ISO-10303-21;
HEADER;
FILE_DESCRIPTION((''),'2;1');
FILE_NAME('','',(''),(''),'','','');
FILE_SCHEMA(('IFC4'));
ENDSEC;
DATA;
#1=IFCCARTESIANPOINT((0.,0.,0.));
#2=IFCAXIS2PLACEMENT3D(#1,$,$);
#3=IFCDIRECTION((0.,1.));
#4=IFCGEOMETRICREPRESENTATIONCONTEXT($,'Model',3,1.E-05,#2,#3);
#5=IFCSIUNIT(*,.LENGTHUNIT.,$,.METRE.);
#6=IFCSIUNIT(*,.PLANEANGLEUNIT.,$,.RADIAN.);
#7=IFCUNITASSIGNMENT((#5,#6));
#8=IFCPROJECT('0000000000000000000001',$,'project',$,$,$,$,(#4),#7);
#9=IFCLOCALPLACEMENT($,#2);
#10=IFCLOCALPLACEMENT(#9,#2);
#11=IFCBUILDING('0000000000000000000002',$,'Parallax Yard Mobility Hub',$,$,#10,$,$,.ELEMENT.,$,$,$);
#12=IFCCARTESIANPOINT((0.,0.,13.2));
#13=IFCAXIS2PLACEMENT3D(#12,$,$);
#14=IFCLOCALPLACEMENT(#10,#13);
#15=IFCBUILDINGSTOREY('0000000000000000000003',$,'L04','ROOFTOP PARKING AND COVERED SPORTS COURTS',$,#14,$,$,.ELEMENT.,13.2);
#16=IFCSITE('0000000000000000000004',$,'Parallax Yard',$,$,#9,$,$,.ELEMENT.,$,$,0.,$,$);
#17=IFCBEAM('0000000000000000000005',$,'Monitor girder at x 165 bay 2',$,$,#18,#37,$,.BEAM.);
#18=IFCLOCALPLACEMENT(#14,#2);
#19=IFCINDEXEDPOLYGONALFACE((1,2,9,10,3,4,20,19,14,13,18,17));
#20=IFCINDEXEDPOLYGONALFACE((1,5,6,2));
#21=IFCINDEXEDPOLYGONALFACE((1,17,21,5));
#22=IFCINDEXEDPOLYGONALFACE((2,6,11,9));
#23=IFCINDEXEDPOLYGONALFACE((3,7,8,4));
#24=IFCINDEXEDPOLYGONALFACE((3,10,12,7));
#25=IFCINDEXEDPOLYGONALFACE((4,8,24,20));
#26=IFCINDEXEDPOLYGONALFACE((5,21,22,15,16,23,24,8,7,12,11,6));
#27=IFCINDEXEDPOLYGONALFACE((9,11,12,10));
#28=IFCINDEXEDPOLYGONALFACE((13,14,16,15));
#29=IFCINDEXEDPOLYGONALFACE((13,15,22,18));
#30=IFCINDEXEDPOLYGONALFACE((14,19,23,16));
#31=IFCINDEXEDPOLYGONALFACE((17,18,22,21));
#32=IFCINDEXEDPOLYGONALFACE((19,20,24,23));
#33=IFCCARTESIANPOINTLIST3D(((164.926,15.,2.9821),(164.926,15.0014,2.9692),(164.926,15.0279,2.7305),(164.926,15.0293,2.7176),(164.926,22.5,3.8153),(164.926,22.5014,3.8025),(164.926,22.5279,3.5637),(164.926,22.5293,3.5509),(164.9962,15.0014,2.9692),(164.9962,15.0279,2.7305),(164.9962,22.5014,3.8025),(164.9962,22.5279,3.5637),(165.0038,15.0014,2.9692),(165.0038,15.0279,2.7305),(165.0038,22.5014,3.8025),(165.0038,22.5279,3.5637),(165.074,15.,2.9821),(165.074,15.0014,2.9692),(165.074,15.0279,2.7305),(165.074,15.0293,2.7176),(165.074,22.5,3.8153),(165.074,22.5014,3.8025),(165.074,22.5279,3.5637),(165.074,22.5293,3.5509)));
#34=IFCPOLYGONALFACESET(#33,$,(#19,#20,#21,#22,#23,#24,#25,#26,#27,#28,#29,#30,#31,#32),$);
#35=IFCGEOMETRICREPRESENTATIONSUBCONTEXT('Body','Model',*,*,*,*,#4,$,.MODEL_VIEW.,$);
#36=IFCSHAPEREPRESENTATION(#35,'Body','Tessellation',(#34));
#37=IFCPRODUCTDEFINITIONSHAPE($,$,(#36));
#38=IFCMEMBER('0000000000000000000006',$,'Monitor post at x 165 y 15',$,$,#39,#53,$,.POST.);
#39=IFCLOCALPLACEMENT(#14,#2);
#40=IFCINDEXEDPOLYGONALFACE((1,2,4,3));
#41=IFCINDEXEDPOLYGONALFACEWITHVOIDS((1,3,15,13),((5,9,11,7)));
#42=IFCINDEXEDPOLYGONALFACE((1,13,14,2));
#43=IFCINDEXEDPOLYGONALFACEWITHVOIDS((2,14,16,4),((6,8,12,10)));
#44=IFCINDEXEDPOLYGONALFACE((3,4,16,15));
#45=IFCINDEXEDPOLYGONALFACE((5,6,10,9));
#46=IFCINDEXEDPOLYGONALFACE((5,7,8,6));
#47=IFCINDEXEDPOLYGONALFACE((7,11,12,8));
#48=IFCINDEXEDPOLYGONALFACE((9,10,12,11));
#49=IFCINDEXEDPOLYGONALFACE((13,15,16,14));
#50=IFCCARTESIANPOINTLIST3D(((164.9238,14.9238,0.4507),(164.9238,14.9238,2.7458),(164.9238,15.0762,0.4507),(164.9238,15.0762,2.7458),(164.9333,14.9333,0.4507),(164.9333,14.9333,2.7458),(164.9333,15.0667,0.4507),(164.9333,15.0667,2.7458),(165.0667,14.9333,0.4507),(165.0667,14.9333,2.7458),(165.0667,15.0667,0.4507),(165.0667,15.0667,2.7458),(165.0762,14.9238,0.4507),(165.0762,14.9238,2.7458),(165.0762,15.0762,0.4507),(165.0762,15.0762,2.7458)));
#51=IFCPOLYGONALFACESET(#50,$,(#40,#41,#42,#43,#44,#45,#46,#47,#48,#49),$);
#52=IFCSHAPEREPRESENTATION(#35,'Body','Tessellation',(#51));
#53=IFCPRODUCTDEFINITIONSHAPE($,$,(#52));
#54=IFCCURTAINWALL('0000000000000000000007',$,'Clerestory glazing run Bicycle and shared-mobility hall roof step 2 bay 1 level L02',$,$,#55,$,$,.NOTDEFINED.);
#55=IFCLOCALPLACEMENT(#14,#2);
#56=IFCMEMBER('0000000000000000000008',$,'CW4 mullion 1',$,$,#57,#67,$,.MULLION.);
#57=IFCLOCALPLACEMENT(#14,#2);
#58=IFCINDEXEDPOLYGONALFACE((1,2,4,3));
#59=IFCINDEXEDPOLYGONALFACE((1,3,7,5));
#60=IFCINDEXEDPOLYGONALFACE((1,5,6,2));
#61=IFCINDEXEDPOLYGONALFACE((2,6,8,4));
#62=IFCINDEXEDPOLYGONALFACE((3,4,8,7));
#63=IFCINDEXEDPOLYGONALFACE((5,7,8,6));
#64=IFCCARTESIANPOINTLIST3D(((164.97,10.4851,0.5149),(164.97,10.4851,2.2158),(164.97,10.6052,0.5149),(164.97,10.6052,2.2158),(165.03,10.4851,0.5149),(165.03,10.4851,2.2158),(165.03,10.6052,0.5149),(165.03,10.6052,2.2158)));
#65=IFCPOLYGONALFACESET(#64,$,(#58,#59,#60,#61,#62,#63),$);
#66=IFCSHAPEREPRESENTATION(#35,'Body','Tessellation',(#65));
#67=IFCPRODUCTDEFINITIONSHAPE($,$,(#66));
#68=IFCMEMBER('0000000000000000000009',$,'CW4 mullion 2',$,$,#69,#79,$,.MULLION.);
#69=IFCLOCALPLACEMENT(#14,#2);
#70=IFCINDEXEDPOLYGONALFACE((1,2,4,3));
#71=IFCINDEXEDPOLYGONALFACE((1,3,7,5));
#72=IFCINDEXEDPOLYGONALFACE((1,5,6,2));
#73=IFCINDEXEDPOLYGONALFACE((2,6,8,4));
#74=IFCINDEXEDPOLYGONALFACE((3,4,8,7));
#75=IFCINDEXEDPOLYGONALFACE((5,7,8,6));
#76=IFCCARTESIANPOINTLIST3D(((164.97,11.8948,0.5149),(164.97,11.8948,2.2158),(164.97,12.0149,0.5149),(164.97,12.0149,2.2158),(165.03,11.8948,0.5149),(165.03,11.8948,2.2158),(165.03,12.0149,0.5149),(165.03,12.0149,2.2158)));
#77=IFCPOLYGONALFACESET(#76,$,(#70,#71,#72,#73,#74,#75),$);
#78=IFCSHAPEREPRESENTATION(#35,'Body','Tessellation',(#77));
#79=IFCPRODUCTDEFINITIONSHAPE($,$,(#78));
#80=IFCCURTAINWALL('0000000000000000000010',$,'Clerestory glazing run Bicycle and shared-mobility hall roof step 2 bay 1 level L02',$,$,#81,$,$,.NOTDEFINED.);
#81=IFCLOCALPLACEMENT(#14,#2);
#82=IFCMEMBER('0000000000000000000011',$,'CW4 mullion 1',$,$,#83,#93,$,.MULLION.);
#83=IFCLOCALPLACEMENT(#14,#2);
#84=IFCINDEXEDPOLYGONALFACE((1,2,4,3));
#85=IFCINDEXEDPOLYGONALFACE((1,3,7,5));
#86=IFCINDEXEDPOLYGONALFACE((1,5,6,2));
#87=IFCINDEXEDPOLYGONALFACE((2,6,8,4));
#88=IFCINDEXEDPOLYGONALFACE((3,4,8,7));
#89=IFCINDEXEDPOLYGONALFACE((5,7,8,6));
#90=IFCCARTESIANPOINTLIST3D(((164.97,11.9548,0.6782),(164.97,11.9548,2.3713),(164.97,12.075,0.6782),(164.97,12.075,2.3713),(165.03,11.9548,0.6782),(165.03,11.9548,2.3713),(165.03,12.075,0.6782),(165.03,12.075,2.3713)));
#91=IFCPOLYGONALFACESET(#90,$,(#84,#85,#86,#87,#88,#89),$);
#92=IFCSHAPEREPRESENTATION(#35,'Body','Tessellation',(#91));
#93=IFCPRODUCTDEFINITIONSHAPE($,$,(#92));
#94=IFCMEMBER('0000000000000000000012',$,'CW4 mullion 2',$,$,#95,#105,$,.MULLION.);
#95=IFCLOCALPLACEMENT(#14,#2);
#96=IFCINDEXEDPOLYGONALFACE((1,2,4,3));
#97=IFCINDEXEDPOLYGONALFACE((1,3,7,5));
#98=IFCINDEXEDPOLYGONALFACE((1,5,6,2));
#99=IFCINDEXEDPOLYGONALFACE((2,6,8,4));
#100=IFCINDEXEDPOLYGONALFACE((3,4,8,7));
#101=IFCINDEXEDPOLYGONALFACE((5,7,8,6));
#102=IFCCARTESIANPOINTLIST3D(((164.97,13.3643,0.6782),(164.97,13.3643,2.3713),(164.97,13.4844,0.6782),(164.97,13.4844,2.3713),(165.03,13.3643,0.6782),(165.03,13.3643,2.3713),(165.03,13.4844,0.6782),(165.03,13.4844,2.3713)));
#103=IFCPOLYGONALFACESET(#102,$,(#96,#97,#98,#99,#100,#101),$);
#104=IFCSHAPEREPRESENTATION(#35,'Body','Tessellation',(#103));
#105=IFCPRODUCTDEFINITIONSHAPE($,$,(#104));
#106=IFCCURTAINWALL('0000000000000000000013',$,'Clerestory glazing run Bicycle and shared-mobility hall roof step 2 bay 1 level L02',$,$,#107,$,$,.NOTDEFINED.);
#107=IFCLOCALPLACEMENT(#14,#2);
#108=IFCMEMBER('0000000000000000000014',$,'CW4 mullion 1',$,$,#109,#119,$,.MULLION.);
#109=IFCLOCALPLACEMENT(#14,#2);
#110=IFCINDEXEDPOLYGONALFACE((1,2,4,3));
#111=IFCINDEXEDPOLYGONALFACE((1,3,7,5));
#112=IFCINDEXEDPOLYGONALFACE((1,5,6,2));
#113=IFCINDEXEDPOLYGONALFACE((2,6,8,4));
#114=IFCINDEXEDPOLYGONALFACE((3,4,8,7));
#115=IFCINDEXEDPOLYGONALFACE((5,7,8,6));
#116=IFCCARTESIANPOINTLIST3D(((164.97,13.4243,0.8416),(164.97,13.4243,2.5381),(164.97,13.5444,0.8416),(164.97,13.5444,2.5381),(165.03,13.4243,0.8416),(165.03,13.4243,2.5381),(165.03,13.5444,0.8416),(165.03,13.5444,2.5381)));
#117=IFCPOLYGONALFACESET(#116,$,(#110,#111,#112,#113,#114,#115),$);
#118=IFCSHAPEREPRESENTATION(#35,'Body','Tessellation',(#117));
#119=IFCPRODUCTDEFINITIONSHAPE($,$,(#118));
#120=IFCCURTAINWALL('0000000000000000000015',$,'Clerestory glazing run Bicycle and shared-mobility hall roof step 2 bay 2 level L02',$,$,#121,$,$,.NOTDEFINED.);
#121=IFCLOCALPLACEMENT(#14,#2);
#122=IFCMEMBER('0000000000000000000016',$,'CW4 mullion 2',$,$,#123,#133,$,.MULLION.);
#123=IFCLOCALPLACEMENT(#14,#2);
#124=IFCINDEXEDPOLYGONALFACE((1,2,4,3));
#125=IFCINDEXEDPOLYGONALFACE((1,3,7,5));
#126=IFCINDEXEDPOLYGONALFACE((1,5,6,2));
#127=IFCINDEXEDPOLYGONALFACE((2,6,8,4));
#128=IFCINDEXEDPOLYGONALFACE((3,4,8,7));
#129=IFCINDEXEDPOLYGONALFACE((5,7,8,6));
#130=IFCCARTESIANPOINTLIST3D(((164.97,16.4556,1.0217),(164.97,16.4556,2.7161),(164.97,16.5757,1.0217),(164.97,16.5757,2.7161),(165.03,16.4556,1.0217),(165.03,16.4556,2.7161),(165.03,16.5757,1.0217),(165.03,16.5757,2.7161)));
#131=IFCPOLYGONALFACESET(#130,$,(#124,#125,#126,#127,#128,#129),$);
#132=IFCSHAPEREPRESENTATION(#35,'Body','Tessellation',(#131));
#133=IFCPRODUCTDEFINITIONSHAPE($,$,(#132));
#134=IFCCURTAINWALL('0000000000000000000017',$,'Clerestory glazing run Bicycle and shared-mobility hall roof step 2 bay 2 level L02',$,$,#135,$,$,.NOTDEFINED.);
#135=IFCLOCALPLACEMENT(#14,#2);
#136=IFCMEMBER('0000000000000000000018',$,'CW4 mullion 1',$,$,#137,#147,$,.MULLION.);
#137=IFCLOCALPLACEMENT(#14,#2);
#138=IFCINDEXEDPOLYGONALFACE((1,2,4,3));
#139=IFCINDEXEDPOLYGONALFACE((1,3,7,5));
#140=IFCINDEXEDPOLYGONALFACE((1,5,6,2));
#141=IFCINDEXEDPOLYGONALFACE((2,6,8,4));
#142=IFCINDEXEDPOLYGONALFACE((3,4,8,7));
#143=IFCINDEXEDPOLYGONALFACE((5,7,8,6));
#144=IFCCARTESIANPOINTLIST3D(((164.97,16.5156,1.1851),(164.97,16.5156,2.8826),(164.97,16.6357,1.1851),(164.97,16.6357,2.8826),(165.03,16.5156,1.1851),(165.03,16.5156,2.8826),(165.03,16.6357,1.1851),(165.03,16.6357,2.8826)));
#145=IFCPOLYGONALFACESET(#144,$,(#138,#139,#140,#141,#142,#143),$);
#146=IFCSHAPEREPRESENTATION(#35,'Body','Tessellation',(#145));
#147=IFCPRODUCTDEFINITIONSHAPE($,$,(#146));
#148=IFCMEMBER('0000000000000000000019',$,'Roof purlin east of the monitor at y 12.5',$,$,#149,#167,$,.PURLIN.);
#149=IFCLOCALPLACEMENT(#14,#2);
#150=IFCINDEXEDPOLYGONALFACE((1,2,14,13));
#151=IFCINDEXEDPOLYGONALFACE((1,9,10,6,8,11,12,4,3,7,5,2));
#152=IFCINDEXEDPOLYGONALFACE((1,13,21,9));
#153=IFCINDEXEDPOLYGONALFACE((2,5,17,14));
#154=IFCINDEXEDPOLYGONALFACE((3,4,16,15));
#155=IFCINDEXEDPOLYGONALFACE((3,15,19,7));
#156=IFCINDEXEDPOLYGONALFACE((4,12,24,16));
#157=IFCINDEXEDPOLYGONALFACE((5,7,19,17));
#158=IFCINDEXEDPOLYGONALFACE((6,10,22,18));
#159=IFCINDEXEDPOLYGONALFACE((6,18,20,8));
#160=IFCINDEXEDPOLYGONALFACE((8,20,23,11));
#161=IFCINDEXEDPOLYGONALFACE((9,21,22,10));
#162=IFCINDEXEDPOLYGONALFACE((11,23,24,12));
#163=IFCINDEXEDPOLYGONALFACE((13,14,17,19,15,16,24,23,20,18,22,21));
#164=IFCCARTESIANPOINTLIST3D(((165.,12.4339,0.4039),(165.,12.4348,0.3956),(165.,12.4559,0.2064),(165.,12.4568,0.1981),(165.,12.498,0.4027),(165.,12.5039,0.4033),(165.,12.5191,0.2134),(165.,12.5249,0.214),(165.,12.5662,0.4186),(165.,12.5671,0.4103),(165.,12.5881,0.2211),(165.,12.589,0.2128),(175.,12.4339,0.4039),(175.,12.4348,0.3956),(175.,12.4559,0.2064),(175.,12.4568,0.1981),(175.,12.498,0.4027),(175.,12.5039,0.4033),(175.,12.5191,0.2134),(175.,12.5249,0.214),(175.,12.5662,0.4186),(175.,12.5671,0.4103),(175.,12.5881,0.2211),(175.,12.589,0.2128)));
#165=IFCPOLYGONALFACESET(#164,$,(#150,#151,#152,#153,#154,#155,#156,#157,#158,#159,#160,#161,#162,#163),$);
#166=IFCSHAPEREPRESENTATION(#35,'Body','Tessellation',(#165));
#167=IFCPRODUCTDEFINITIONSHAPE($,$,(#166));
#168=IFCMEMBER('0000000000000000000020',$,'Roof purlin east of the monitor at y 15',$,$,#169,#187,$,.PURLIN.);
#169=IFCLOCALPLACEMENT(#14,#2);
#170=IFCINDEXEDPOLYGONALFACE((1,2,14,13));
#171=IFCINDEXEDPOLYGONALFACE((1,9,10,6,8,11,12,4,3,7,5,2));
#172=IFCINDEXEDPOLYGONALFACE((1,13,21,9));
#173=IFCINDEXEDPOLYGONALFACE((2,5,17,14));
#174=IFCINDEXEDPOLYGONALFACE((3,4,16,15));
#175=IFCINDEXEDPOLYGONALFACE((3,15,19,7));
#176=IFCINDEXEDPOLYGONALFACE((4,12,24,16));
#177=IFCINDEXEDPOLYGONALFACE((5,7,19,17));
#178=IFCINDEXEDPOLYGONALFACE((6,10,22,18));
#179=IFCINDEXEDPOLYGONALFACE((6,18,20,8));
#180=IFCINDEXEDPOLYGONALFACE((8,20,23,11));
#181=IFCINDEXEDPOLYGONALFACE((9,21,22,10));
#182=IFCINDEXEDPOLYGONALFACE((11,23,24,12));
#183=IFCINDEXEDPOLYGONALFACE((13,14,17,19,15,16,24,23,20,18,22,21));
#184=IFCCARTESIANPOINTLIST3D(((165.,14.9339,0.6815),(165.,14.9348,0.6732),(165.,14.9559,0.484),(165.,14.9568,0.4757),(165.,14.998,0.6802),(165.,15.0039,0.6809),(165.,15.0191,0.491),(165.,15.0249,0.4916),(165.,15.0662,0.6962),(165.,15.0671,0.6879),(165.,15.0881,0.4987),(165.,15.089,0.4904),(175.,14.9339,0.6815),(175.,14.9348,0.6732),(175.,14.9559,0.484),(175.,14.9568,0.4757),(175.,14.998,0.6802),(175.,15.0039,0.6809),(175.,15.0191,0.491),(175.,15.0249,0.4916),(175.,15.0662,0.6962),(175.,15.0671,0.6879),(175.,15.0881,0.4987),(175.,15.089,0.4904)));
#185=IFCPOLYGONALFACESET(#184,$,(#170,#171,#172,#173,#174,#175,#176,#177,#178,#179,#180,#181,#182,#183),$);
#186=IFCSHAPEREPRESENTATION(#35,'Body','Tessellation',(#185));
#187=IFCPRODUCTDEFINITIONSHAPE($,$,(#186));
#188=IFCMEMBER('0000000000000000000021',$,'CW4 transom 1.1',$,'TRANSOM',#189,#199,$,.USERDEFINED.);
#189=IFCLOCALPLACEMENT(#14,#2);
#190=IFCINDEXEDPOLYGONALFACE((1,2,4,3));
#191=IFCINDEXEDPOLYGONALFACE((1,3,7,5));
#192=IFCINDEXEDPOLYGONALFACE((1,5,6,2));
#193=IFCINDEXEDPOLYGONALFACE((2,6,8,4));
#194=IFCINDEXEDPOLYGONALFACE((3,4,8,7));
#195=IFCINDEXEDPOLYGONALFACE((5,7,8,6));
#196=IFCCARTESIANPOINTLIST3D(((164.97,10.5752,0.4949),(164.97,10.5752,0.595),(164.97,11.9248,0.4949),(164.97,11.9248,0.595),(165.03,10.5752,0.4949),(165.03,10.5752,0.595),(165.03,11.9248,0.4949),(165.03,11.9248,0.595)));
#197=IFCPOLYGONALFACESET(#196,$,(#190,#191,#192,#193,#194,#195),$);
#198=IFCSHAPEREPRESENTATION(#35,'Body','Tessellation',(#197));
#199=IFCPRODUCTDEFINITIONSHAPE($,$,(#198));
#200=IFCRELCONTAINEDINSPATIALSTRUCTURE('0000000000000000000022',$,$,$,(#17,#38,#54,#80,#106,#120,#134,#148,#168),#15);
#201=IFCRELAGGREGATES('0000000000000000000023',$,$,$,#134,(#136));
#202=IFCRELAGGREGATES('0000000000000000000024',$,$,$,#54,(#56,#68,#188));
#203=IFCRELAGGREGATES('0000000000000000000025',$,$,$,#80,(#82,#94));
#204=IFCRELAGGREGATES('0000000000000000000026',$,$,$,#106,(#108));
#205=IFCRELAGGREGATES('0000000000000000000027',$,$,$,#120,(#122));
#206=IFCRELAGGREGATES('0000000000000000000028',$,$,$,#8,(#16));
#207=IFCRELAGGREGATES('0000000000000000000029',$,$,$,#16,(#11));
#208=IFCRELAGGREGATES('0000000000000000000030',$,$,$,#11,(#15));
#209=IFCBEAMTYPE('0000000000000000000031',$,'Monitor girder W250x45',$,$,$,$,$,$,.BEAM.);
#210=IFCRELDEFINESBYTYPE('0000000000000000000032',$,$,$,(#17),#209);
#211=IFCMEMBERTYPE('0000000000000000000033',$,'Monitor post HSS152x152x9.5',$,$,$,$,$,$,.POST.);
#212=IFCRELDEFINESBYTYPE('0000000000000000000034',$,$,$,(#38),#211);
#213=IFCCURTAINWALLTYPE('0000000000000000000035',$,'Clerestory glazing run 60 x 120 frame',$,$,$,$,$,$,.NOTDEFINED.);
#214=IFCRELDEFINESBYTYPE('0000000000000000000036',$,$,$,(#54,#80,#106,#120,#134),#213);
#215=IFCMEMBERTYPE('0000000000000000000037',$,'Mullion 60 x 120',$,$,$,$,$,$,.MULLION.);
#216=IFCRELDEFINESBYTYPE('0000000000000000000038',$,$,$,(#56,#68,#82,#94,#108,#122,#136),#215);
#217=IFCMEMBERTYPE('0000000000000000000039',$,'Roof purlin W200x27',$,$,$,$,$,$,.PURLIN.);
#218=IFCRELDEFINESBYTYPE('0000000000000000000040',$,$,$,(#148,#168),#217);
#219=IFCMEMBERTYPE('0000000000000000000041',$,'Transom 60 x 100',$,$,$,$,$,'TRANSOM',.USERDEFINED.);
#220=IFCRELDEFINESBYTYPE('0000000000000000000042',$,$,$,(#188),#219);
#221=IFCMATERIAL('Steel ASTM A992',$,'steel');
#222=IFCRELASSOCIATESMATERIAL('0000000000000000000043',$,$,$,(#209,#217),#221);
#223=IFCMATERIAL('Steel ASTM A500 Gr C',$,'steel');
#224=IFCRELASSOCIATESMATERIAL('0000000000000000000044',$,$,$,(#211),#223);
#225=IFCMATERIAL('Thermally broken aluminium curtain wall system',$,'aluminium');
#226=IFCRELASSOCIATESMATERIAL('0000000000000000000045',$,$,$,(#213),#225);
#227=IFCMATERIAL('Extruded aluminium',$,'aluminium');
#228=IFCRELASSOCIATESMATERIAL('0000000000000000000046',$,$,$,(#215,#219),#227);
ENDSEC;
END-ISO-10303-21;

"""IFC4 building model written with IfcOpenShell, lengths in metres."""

from ifc_helpers import new_model, si_unit, direction, frame, origin, origin_2d, place, context, subcontext, project, spatial, rectangle, hollow_rectangle, i_section, extrude, material, material_profile, profile_set, type_object, element, aggregate, save


model = new_model("IFC4")

# Units and contexts
model_context = context("Model", 3, precision=1e-05, world=origin(), true_north=direction((0.0, 1.0)))
body_context = subcontext(model_context, "Body", "Model", "MODEL_VIEW")
ifc_project = project(units=[si_unit("LENGTHUNIT", "METRE"), si_unit("PLANEANGLEUNIT", "RADIAN")], contexts=[model_context])

# Site, building, storey
site_placement = place(None, origin())
site = spatial("IfcSite", under=ifc_project, at=site_placement, Name="Parallax Yard", CompositionType="ELEMENT", RefElevation=0.0)
building_placement = place(site_placement, origin())
building = spatial("IfcBuilding", under=site, at=building_placement, Name="Parallax Yard Mobility Hub", CompositionType="ELEMENT")
storey_placement = place(building_placement, frame((0.0, 0.0, 13.2)))
storey = spatial("IfcBuildingStorey", under=building, at=storey_placement, Name="L04", Description="ROOFTOP PARKING AND COVERED SPORTS COURTS", CompositionType="ELEMENT", Elevation=13.2)

# Beam
ifc_material_1 = material(Name="Steel ASTM A992", Category="steel")
ifc_material_profile_1 = material_profile(ifc_material_1, i_section(OverallWidth=0.1479, OverallDepth=0.2661, WebThickness=0.0076, FlangeThickness=0.0129, at=origin_2d()), Name="W250x45")
ifc_profile_set_1 = profile_set([ifc_material_profile_1], Name="Steel ASTM A992")
beam_type = type_object("IfcBeamType", Name="Monitor girder W250x45", PredefinedType="BEAM", material=ifc_profile_set_1)
beam_placement = place(storey_placement, frame((165.0, 15.0146, 2.8499), z_axis=(0.0, 0.993885, 0.110421), x_axis=(-1.0, 0.0, 0.0)))
element("IfcBeam", 1, at=beam_placement, inside=storey, type_object=beam_type, Name="Monitor girder at x 165 bay 2", PredefinedType="BEAM", context=body_context, shape_type="SweptSolid", body=[
    extrude(i_section(OverallWidth=0.1479, OverallDepth=0.2661, WebThickness=0.0076, FlangeThickness=0.0129, at=origin_2d()), origin(), (0.0, 0.0, 1.0), 7.5461),
])

# Member
ifc_material_2 = material(Name="Steel ASTM A500 Gr C", Category="steel")
ifc_material_profile_2 = material_profile(ifc_material_2, hollow_rectangle(XDim=0.1523, YDim=0.1523, WallThickness=0.0095, at=origin_2d()), Name="HSS152x152x9.5")
ifc_profile_set_2 = profile_set([ifc_material_profile_2], Name="Steel ASTM A500 Gr C")
member_type_1 = type_object("IfcMemberType", Name="Monitor post HSS152x152x9.5", PredefinedType="POST", material=ifc_profile_set_2)
member_1_placement = place(storey_placement, frame((165.0, 15.0, 0.4507), z_axis=(0.0, 0.0, 1.0), x_axis=(1.0, 0.0, 0.0)))
element("IfcMember", 2, at=member_1_placement, inside=storey, type_object=member_type_1, Name="Monitor post at x 165 y 15", PredefinedType="POST", context=body_context, shape_type="SweptSolid", body=[
    extrude(hollow_rectangle(XDim=0.1523, YDim=0.1523, WallThickness=0.0095, at=origin_2d()), origin(), (0.0, 0.0, 1.0), 2.2952),
])

# Curtain walls, members
ifc_material_3 = material(Name="Thermally broken aluminium curtain wall system", Category="aluminium")
curtain_wall_type = type_object("IfcCurtainWallType", Name="Clerestory glazing run 60 x 120 frame", PredefinedType="NOTDEFINED", material=ifc_material_3)
curtain_wall_1_placement = place(storey_placement, origin())
curtain_wall_1 = element("IfcCurtainWall", 3, at=curtain_wall_1_placement, inside=storey, type_object=curtain_wall_type, Name="Clerestory glazing run Bicycle and shared-mobility hall roof step 2 bay 1 level L02", PredefinedType="NOTDEFINED")
ifc_material_4 = material(Name="Extruded aluminium", Category="aluminium")
ifc_material_profile_3 = material_profile(ifc_material_4, rectangle(XDim=0.0601, YDim=0.1201, at=origin_2d()), Name="Mullion 60 x 120")
ifc_profile_set_3 = profile_set([ifc_material_profile_3], Name="Extruded aluminium")
member_type_2 = type_object("IfcMemberType", Name="Mullion 60 x 120", PredefinedType="MULLION", material=ifc_profile_set_3)
member_2_placement = place(storey_placement, frame((165.0, 10.5452, 0.5149), z_axis=(0.0, 0.0, 1.0), x_axis=(-1.0, 0.0, 0.0)))
member_2 = element("IfcMember", 4, at=member_2_placement, type_object=member_type_2, Name="CW4 mullion 1", PredefinedType="MULLION", context=body_context, shape_type="SweptSolid", body=[
    extrude(rectangle(XDim=0.0601, YDim=0.1201, at=origin_2d()), origin(), (0.0, 0.0, 1.0), 1.7009),
])
member_3_placement = place(storey_placement, frame((165.0, 11.9548, 0.5149), z_axis=(0.0, 0.0, 1.0), x_axis=(-1.0, 0.0, 0.0)))
member_3 = element("IfcMember", 5, at=member_3_placement, type_object=member_type_2, Name="CW4 mullion 2", PredefinedType="MULLION", context=body_context, shape_type="SweptSolid", body=[
    extrude(rectangle(XDim=0.0601, YDim=0.1201, at=origin_2d()), origin(), (0.0, 0.0, 1.0), 1.7009),
])
curtain_wall_2_placement = place(storey_placement, origin())
curtain_wall_2 = element("IfcCurtainWall", 6, at=curtain_wall_2_placement, inside=storey, type_object=curtain_wall_type, Name="Clerestory glazing run Bicycle and shared-mobility hall roof step 2 bay 1 level L02", PredefinedType="NOTDEFINED")
member_4_placement = place(storey_placement, frame((165.0, 12.0149, 0.6782), z_axis=(0.0, 0.0, 1.0), x_axis=(-1.0, 0.0, 0.0)))
member_4 = element("IfcMember", 7, at=member_4_placement, type_object=member_type_2, Name="CW4 mullion 1", PredefinedType="MULLION", context=body_context, shape_type="SweptSolid", body=[
    extrude(rectangle(XDim=0.0601, YDim=0.1201, at=origin_2d()), origin(), (0.0, 0.0, 1.0), 1.6931),
])
member_5_placement = place(storey_placement, frame((165.0, 13.4243, 0.6782), z_axis=(0.0, 0.0, 1.0), x_axis=(-1.0, 0.0, 0.0)))
member_5 = element("IfcMember", 8, at=member_5_placement, type_object=member_type_2, Name="CW4 mullion 2", PredefinedType="MULLION", context=body_context, shape_type="SweptSolid", body=[
    extrude(rectangle(XDim=0.0601, YDim=0.1201, at=origin_2d()), origin(), (0.0, 0.0, 1.0), 1.6931),
])

# Curtain walls, members
curtain_wall_3_placement = place(storey_placement, origin())
curtain_wall_3 = element("IfcCurtainWall", 9, at=curtain_wall_3_placement, inside=storey, type_object=curtain_wall_type, Name="Clerestory glazing run Bicycle and shared-mobility hall roof step 2 bay 1 level L02", PredefinedType="NOTDEFINED")
member_6_placement = place(storey_placement, frame((165.0, 13.4844, 0.8416), z_axis=(0.0, 0.0, 1.0), x_axis=(-1.0, 0.0, 0.0)))
member_6 = element("IfcMember", 10, at=member_6_placement, type_object=member_type_2, Name="CW4 mullion 1", PredefinedType="MULLION", context=body_context, shape_type="SweptSolid", body=[
    extrude(rectangle(XDim=0.0601, YDim=0.1201, at=origin_2d()), origin(), (0.0, 0.0, 1.0), 1.6965),
])
curtain_wall_4_placement = place(storey_placement, origin())
curtain_wall_4 = element("IfcCurtainWall", 11, at=curtain_wall_4_placement, inside=storey, type_object=curtain_wall_type, Name="Clerestory glazing run Bicycle and shared-mobility hall roof step 2 bay 2 level L02", PredefinedType="NOTDEFINED")
member_7_placement = place(storey_placement, frame((165.0, 16.5156, 1.0217), z_axis=(0.0, 0.0, 1.0), x_axis=(-1.0, 0.0, 0.0)))
member_7 = element("IfcMember", 12, at=member_7_placement, type_object=member_type_2, Name="CW4 mullion 2", PredefinedType="MULLION", context=body_context, shape_type="SweptSolid", body=[
    extrude(rectangle(XDim=0.0601, YDim=0.1201, at=origin_2d()), origin(), (0.0, 0.0, 1.0), 1.6943),
])
curtain_wall_5_placement = place(storey_placement, origin())
curtain_wall_5 = element("IfcCurtainWall", 13, at=curtain_wall_5_placement, inside=storey, type_object=curtain_wall_type, Name="Clerestory glazing run Bicycle and shared-mobility hall roof step 2 bay 2 level L02", PredefinedType="NOTDEFINED")
member_8_placement = place(storey_placement, frame((165.0, 16.5757, 1.1851), z_axis=(0.0, 0.0, 1.0), x_axis=(-1.0, 0.0, 0.0)))
member_8 = element("IfcMember", 14, at=member_8_placement, type_object=member_type_2, Name="CW4 mullion 1", PredefinedType="MULLION", context=body_context, shape_type="SweptSolid", body=[
    extrude(rectangle(XDim=0.0601, YDim=0.1201, at=origin_2d()), origin(), (0.0, 0.0, 1.0), 1.6975),
])

# Members
ifc_material_profile_4 = material_profile(ifc_material_1, i_section(OverallWidth=0.1331, OverallDepth=0.207, WebThickness=0.0059, FlangeThickness=0.0083, at=origin_2d()), Name="W200x27")
ifc_profile_set_4 = profile_set([ifc_material_profile_4], Name="Steel ASTM A992")
member_type_3 = type_object("IfcMemberType", Name="Roof purlin W200x27", PredefinedType="PURLIN", material=ifc_profile_set_4)
for number, where, z_axis, x_axis, name in (
    (15, (165.0, 12.5115, 0.3083), (1.0, 0.0, 0.0), (0.0, 0.993884, 0.110432), "Roof purlin east of the monitor at y 12.5"),
    (16, (165.0, 15.0115, 0.5859), (1.0, 0.0, 0.0), (0.0, 0.993884, 0.110432), "Roof purlin east of the monitor at y 15"),
):
    element("IfcMember", number, at=place(storey_placement, frame(where, z_axis=z_axis, x_axis=x_axis)), inside=storey, type_object=member_type_3, Name=name, PredefinedType="PURLIN", context=body_context, shape_type="SweptSolid", body=[
        extrude(i_section(OverallWidth=0.1331, OverallDepth=0.207, WebThickness=0.0059, FlangeThickness=0.0083, at=origin_2d()), origin(), (0.0, 0.0, 1.0), 10.0),
    ])

# Member
ifc_material_profile_5 = material_profile(ifc_material_4, rectangle(XDim=0.0601, YDim=0.1001, at=origin_2d()), Name="Transom 60 x 100")
ifc_profile_set_5 = profile_set([ifc_material_profile_5], Name="Extruded aluminium")
member_type_4 = type_object("IfcMemberType", Name="Transom 60 x 100", ElementType="TRANSOM", PredefinedType="USERDEFINED", material=ifc_profile_set_5)
member_9_placement = place(storey_placement, frame((165.0, 10.5752, 0.5449), z_axis=(0.0, 1.0, 0.0), x_axis=(-1.0, 0.0, 0.0)))
member_9 = element("IfcMember", 17, at=member_9_placement, type_object=member_type_4, Name="CW4 transom 1.1", ObjectType="TRANSOM", PredefinedType="USERDEFINED", context=body_context, shape_type="SweptSolid", body=[
    extrude(rectangle(XDim=0.0601, YDim=0.1001, at=origin_2d()), origin(), (0.0, 0.0, 1.0), 1.3496),
])
aggregate(curtain_wall_5, [member_8])

aggregate(curtain_wall_1, [member_2, member_3, member_9])
aggregate(curtain_wall_2, [member_4, member_5])
aggregate(curtain_wall_3, [member_6])
aggregate(curtain_wall_4, [member_7])

save(model, "model.ifc")
